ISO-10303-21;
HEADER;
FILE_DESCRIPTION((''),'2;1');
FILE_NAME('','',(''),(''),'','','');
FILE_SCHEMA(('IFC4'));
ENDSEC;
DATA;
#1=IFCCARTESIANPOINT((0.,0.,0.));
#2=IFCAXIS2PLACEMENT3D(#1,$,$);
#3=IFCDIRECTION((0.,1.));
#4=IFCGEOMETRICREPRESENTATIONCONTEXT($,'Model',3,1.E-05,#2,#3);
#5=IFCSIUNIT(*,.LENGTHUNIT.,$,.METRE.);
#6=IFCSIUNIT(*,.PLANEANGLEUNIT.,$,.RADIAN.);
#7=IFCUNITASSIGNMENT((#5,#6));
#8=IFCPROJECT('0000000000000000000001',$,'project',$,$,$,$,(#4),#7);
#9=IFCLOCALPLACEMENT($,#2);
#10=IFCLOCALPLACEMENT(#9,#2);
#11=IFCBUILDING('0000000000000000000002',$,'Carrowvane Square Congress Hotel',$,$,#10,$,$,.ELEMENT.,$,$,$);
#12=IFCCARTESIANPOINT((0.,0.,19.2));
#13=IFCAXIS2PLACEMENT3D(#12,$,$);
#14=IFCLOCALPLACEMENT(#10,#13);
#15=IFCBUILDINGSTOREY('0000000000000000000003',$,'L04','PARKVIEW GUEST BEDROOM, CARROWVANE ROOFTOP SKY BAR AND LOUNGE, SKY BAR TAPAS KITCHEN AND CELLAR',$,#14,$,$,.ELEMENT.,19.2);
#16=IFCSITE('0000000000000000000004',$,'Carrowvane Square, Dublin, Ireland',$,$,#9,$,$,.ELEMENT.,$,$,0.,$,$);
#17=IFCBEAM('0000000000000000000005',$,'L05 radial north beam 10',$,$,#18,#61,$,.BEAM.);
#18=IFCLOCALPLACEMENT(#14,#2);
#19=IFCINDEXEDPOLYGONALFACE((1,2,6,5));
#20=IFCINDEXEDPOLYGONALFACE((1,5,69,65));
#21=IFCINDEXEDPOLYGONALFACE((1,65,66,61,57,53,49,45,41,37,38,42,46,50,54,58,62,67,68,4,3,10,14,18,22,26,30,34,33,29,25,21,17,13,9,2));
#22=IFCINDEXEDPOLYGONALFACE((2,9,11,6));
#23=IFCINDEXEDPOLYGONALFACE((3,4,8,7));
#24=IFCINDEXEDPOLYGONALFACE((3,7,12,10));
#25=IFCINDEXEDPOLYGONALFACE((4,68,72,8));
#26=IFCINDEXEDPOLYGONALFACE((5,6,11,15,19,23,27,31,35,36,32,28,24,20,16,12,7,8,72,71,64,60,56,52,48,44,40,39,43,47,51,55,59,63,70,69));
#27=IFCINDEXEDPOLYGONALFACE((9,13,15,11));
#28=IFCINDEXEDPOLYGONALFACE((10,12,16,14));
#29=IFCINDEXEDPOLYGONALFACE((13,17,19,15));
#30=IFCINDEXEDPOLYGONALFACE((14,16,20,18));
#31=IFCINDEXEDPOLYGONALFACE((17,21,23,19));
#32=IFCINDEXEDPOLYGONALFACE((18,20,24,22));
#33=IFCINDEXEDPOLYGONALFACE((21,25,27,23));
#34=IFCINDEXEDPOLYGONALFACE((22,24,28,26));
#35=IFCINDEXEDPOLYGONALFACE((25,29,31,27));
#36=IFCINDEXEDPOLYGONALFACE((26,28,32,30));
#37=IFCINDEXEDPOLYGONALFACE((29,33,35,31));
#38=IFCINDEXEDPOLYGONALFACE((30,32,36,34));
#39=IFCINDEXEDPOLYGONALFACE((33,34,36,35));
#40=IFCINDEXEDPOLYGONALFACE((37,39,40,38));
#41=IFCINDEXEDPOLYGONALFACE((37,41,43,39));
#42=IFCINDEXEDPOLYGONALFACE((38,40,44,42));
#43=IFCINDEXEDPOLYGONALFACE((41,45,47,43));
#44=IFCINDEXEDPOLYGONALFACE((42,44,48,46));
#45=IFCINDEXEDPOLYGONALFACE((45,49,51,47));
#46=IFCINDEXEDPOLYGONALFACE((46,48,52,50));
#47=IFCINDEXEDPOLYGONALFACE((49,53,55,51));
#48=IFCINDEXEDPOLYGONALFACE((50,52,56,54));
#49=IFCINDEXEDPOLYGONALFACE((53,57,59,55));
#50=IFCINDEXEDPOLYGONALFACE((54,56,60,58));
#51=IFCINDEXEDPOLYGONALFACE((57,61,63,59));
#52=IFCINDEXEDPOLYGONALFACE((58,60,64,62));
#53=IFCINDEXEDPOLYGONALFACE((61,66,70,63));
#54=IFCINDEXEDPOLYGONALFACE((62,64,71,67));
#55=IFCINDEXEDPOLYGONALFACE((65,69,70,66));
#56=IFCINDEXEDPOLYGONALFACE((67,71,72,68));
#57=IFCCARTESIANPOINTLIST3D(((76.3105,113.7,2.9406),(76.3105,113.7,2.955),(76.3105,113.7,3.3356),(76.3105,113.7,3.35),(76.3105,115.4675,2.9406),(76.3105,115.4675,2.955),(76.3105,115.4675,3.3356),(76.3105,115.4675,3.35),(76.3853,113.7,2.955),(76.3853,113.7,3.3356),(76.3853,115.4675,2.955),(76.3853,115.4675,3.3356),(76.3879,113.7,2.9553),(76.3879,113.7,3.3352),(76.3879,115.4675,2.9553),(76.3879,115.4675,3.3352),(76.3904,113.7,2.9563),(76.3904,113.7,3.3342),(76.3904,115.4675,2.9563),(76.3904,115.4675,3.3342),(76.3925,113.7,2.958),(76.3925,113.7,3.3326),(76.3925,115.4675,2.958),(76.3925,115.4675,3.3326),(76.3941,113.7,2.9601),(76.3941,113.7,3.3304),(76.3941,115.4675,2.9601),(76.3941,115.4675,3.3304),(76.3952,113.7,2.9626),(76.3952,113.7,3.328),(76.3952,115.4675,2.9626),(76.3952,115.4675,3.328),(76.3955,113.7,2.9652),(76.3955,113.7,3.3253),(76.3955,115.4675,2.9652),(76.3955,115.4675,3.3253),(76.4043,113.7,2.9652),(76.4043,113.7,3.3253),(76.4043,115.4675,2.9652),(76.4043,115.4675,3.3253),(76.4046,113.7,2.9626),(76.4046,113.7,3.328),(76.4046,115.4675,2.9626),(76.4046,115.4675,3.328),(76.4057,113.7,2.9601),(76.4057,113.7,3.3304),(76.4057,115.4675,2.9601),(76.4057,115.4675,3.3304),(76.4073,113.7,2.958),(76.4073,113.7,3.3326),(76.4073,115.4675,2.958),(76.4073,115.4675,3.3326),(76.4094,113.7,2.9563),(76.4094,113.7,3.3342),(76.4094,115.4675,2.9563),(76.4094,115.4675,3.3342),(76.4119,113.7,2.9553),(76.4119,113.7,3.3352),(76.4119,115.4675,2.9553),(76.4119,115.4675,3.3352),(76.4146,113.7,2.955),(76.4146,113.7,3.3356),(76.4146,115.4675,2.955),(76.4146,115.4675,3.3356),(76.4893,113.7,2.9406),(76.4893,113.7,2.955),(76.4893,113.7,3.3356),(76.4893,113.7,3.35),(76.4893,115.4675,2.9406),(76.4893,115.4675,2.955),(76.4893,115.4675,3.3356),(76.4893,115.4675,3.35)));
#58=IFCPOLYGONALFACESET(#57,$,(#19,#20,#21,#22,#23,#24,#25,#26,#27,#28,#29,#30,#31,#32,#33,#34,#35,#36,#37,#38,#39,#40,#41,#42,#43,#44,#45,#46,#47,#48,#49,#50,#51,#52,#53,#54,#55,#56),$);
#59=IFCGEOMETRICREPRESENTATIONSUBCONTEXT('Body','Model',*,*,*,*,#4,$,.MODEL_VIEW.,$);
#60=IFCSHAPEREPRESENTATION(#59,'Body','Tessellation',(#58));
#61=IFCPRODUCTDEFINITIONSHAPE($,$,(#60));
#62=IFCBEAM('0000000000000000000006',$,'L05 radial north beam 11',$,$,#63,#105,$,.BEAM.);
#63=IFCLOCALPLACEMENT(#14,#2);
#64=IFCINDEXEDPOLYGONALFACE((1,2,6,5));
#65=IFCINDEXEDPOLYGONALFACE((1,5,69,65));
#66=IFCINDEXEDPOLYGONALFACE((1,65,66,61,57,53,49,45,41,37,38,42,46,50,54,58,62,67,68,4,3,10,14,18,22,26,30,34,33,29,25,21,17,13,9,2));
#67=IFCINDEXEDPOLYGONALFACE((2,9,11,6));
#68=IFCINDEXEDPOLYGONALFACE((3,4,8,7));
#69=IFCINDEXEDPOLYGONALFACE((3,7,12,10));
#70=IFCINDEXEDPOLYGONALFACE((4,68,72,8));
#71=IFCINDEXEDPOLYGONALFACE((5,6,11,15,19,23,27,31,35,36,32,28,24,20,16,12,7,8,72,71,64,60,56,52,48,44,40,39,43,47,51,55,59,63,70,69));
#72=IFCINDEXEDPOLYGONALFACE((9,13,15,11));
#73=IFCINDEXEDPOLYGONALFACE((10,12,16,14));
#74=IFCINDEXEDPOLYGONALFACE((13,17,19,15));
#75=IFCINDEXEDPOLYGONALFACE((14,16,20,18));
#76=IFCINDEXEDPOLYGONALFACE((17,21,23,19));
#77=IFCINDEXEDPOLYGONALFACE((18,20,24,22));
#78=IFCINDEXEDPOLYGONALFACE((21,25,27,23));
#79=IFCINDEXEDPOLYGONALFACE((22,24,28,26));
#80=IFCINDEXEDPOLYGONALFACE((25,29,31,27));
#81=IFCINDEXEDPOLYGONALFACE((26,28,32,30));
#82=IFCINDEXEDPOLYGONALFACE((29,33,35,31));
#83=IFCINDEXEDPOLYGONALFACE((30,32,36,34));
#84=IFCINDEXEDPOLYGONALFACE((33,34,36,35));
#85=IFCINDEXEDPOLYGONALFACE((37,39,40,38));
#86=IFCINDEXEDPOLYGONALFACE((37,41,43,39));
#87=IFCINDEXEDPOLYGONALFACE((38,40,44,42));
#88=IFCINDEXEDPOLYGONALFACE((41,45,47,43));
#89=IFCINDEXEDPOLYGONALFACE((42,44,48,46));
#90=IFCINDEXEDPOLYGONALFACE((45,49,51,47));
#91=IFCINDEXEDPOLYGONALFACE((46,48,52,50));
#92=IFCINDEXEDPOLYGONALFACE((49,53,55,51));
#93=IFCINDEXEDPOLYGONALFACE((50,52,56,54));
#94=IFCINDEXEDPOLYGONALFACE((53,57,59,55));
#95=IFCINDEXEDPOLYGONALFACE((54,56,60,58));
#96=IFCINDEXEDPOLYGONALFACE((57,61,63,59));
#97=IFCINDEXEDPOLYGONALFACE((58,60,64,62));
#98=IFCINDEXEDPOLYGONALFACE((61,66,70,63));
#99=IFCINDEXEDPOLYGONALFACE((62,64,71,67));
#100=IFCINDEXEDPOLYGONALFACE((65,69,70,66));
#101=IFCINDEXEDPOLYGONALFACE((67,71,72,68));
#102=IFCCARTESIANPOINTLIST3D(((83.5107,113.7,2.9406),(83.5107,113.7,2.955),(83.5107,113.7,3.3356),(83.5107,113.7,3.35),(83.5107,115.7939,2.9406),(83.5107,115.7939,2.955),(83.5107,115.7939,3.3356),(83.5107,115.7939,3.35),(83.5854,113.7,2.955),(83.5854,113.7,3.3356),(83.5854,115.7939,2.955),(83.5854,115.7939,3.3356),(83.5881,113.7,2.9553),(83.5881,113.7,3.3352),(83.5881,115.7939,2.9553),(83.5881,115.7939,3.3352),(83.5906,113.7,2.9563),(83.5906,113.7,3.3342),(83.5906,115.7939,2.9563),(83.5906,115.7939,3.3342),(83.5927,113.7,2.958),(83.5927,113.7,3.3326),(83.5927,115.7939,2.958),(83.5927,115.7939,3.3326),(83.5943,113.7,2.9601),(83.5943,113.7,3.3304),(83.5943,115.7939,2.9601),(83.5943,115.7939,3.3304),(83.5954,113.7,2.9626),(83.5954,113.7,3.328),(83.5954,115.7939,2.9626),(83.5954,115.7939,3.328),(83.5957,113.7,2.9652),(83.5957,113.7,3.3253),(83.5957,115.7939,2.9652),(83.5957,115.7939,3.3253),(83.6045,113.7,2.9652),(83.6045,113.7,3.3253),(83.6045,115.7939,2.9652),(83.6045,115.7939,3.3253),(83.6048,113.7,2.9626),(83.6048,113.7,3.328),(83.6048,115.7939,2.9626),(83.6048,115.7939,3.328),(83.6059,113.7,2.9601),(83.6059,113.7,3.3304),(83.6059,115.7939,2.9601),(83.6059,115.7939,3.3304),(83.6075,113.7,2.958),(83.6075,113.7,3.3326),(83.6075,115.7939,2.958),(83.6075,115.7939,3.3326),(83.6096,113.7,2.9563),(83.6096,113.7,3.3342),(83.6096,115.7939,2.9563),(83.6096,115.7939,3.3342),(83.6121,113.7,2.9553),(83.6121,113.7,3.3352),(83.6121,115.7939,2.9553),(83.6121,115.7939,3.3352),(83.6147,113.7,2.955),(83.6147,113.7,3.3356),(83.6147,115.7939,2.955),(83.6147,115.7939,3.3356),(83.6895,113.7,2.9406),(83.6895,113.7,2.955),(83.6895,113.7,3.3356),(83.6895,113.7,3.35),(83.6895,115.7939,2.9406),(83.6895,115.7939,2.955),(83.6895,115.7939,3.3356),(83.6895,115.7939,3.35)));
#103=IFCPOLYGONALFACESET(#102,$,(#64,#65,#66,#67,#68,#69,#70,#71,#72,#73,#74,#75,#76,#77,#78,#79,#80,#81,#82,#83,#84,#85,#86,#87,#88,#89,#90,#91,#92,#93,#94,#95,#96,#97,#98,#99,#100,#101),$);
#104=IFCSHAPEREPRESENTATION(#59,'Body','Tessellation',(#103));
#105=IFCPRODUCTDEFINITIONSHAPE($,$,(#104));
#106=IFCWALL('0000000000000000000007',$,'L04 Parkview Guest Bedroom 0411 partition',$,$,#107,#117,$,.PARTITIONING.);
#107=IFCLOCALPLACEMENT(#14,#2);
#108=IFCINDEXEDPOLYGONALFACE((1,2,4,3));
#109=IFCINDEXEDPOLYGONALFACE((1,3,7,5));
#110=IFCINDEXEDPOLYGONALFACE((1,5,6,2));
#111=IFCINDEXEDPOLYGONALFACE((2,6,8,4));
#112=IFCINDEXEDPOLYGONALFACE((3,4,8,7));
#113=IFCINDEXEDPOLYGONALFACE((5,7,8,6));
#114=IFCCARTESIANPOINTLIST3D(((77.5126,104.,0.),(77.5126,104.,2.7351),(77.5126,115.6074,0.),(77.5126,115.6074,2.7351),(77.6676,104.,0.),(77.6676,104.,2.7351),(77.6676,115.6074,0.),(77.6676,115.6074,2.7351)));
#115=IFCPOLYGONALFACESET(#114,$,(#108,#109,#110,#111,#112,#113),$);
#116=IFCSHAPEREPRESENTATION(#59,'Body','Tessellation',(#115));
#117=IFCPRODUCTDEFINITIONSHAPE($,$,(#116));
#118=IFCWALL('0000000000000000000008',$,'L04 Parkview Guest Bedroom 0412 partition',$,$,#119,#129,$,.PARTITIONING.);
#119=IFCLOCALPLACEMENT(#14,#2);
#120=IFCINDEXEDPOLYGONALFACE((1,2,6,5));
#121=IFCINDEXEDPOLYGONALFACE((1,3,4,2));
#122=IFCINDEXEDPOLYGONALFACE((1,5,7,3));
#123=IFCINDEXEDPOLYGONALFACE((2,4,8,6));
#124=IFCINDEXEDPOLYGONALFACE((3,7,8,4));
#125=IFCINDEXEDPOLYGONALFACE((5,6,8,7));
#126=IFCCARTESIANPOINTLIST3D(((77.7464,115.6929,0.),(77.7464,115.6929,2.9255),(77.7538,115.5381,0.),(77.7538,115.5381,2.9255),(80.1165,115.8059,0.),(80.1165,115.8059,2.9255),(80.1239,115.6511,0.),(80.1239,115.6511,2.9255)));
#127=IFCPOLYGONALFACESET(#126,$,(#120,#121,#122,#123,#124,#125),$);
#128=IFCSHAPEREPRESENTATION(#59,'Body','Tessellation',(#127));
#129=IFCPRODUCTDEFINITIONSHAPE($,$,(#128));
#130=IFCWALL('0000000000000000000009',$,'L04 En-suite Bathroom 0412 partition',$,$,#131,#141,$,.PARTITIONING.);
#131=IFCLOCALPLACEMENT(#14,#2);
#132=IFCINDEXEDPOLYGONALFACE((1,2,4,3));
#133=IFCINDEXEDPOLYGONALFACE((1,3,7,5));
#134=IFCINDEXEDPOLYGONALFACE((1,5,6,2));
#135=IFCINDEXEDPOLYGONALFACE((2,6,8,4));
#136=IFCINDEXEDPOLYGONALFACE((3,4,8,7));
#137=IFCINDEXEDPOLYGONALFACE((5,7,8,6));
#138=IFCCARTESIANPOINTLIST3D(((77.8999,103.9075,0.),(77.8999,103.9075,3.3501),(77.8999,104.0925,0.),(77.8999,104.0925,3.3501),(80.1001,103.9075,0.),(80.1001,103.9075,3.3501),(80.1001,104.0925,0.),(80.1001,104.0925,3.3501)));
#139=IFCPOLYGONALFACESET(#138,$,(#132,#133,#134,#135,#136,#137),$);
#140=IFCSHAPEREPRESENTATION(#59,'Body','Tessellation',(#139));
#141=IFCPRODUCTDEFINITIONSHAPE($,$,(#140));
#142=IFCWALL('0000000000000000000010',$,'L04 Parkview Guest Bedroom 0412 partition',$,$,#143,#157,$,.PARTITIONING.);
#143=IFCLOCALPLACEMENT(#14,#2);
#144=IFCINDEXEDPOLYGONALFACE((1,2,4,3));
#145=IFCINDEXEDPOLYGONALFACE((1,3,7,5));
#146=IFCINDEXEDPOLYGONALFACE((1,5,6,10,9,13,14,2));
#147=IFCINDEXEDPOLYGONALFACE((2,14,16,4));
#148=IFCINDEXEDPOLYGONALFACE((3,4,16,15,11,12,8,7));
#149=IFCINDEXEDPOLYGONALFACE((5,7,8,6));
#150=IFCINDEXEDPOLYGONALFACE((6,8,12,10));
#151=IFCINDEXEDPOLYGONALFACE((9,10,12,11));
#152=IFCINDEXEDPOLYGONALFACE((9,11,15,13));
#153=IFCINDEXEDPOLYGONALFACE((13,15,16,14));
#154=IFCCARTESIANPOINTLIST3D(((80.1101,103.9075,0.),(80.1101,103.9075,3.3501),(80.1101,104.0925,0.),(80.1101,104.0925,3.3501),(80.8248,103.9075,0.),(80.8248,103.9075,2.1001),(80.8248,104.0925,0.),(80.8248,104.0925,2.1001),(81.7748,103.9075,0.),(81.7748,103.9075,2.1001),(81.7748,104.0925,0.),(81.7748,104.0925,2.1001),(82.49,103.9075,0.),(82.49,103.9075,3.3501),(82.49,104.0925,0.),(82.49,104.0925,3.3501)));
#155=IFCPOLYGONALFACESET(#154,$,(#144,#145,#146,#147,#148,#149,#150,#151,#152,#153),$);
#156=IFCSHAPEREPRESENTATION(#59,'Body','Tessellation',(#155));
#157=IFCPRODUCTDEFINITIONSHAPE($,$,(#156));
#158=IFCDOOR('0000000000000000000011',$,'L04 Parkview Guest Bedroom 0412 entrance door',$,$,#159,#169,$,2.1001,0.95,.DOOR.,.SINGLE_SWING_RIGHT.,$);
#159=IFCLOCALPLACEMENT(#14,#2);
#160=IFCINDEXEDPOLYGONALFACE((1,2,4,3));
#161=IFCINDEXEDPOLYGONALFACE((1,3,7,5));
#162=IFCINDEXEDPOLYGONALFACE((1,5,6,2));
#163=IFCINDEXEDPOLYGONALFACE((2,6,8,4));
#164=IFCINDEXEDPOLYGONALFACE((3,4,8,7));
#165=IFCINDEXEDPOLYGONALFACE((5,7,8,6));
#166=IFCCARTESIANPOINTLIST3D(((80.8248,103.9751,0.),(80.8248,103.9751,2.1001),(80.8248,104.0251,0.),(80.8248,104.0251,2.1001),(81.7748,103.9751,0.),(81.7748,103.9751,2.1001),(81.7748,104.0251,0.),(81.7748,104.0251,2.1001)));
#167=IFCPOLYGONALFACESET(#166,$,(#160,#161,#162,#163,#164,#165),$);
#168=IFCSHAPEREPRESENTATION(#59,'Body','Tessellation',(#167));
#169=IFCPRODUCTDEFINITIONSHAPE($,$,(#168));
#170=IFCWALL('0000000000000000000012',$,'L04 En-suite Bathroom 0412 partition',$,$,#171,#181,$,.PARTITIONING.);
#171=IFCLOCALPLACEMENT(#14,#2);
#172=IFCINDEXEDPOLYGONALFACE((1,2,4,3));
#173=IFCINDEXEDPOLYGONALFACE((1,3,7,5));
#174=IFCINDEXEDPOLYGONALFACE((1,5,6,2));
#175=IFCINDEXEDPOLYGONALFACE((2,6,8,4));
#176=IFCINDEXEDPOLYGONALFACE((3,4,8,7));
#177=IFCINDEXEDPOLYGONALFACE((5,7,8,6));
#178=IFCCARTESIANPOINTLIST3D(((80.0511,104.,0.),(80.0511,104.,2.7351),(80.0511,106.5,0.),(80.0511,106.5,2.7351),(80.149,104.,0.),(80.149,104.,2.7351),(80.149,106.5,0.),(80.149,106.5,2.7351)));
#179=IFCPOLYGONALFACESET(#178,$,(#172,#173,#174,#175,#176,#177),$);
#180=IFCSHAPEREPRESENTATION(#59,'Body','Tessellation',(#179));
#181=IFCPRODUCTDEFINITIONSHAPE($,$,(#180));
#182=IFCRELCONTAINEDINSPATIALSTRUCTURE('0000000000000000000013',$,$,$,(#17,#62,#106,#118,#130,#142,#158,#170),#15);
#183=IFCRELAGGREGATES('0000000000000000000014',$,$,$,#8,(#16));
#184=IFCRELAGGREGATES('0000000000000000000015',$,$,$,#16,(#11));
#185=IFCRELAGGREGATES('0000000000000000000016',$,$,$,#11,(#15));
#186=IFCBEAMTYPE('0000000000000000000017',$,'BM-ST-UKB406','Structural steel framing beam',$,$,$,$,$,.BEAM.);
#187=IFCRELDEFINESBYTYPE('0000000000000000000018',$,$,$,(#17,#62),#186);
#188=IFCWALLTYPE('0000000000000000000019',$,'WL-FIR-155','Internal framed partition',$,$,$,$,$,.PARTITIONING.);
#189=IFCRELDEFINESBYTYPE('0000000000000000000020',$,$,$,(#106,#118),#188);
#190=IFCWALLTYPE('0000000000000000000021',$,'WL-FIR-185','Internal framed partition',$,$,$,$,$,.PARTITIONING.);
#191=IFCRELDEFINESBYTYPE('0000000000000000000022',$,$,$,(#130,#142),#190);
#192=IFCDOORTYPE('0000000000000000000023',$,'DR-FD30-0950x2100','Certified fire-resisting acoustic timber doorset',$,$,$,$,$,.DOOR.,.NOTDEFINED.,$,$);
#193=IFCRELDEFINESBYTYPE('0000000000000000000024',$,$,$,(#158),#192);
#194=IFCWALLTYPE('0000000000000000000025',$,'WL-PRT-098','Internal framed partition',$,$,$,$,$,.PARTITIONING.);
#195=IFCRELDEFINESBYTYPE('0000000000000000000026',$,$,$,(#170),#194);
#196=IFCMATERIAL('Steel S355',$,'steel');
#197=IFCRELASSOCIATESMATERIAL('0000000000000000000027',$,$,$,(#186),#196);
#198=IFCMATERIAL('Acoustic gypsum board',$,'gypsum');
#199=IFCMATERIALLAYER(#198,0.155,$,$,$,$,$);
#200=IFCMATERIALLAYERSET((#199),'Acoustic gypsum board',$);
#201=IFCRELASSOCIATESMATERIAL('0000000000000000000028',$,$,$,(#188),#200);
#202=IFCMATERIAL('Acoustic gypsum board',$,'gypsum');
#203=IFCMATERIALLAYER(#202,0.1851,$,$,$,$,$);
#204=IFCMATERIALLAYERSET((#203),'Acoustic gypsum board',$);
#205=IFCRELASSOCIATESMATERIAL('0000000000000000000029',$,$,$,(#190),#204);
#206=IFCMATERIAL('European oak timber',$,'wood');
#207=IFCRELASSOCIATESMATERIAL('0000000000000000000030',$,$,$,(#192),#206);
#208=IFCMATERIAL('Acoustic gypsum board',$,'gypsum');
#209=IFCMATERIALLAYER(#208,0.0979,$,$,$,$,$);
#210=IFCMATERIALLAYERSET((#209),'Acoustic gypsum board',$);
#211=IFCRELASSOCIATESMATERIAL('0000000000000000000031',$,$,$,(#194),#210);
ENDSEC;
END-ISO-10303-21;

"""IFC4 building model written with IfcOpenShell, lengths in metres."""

from ifc_helpers import new_model, si_unit, direction, frame, frame_2d, origin, origin_2d, place, context, subcontext, project, spatial, rectangle, i_section, extrude, material, layer, layer_set, material_profile, profile_set, type_object, element, fill, save


model = new_model("IFC4")

# Units and contexts
model_context = context("Model", 3, precision=1e-05, world=origin(), true_north=direction((0.0, 1.0)))
body_context = subcontext(model_context, "Body", "Model", "MODEL_VIEW")
ifc_project = project(units=[si_unit("LENGTHUNIT", "METRE"), si_unit("PLANEANGLEUNIT", "RADIAN")], contexts=[model_context])

# Site, building, storey
site_placement = place(None, origin())
site = spatial("IfcSite", under=ifc_project, at=site_placement, Name="Carrowvane Square, Dublin, Ireland", CompositionType="ELEMENT", RefElevation=0.0)
building_placement = place(site_placement, origin())
building = spatial("IfcBuilding", under=site, at=building_placement, Name="Carrowvane Square Congress Hotel", CompositionType="ELEMENT")
storey_placement = place(building_placement, frame((0.0, 0.0, 19.2)))
storey = spatial("IfcBuildingStorey", under=building, at=storey_placement, Name="L04", Description="PARKVIEW GUEST BEDROOM, CARROWVANE ROOFTOP SKY BAR AND LOUNGE, SKY BAR TAPAS KITCHEN AND CELLAR", CompositionType="ELEMENT", Elevation=19.2)

# Beams
ifc_material_1 = material(Name="Steel S355", Category="steel")
ifc_material_profile_1 = material_profile(ifc_material_1, i_section(OverallWidth=0.1787, OverallDepth=0.4094, WebThickness=0.0088, FlangeThickness=0.0144, FilletRadius=0.0103, at=origin_2d()), Name="UKB 406x178x67")
ifc_profile_set_1 = profile_set([ifc_material_profile_1], Name="Steel S355")
beam_type_1 = type_object("IfcBeamType", Name="BM-ST-UKB406", Description="Structural steel framing beam", PredefinedType="BEAM", material=ifc_profile_set_1)
beam_1_placement = place(storey_placement, frame((76.3999, 113.7, 3.1453), z_axis=(0.0, 1.0, 0.0), x_axis=(-1.0, 0.0, 0.0)))
element("IfcBeam", 1, at=beam_1_placement, inside=storey, type_object=beam_type_1, Name="L05 radial north beam 10", PredefinedType="BEAM", context=body_context, shape_type="SweptSolid", body=[
    extrude(i_section(OverallWidth=0.1787, OverallDepth=0.4094, WebThickness=0.0088, FlangeThickness=0.0144, FilletRadius=0.0103, at=origin_2d()), origin(), (0.0, 0.0, 1.0), 1.7676),
])
beam_2_placement = place(storey_placement, frame((83.6001, 113.7, 3.1453), z_axis=(0.0, 1.0, 0.0), x_axis=(-1.0, 0.0, 0.0)))
element("IfcBeam", 2, at=beam_2_placement, inside=storey, type_object=beam_type_1, Name="L05 radial north beam 11", PredefinedType="BEAM", context=body_context, shape_type="SweptSolid", body=[
    extrude(i_section(OverallWidth=0.1787, OverallDepth=0.4094, WebThickness=0.0088, FlangeThickness=0.0144, FilletRadius=0.0103, at=origin_2d()), origin(), (0.0, 0.0, 1.0), 2.094),
])

# Walls
ifc_material_2 = material(Name="Acoustic gypsum board", Category="gypsum")
ifc_layer_1 = layer(ifc_material_2, 0.155)
ifc_layer_set_1 = layer_set([ifc_layer_1], Name="Acoustic gypsum board")
wall_type_1 = type_object("IfcWallType", Name="WL-FIR-155", Description="Internal framed partition", PredefinedType="PARTITIONING", material=ifc_layer_set_1)
wall_1_placement = place(storey_placement, frame((77.5901, 115.6074, 0.0), z_axis=(0.0, 0.0, 1.0), x_axis=(0.0, -1.0, 0.0)))
element("IfcWall", 3, at=wall_1_placement, inside=storey, type_object=wall_type_1, Name="L04 Parkview Guest Bedroom 0411 partition", PredefinedType="PARTITIONING", context=body_context, shape_type="SweptSolid", body=[
    extrude(rectangle(XDim=11.6074, YDim=0.155, at=frame_2d((5.8037, 0.0))), origin(), (0.0, 0.0, 1.0), 2.7351),
])
wall_2_placement = place(storey_placement, frame((77.75, 115.6155, 0.0), z_axis=(0.0, 0.0, 1.0), x_axis=(0.998865, 0.047638, 0.0)))
element("IfcWall", 4, at=wall_2_placement, inside=storey, type_object=wall_type_1, Name="L04 Parkview Guest Bedroom 0412 partition", PredefinedType="PARTITIONING", context=body_context, shape_type="SweptSolid", body=[
    extrude(rectangle(XDim=2.3728, YDim=0.155, at=frame_2d((1.1865, 0.0))), origin(), (0.0, 0.0, 1.0), 2.9255),
])
ifc_material_3 = material(Name="Acoustic gypsum board", Category="gypsum")
ifc_layer_2 = layer(ifc_material_3, 0.1851)
ifc_layer_set_2 = layer_set([ifc_layer_2], Name="Acoustic gypsum board")
wall_type_2 = type_object("IfcWallType", Name="WL-FIR-185", Description="Internal framed partition", PredefinedType="PARTITIONING", material=ifc_layer_set_2)
wall_3_placement = place(storey_placement, frame((80.1001, 104.0, 0.0), z_axis=(0.0, 0.0, 1.0), x_axis=(-1.0, 0.0, 0.0)))
element("IfcWall", 5, at=wall_3_placement, inside=storey, type_object=wall_type_2, Name="L04 En-suite Bathroom 0412 partition", PredefinedType="PARTITIONING", context=body_context, shape_type="SweptSolid", body=[
    extrude(rectangle(XDim=2.2002, YDim=0.1851, at=frame_2d((1.1001, 0.0))), origin(), (0.0, 0.0, 1.0), 3.3501),
])

# Wall, opening, door
wall_4_placement = place(storey_placement, frame((82.49, 104.0, 0.0), z_axis=(0.0, 0.0, 1.0), x_axis=(-1.0, 0.0, 0.0)))
wall_4 = element("IfcWall", 6, at=wall_4_placement, inside=storey, type_object=wall_type_2, Name="L04 Parkview Guest Bedroom 0412 partition", PredefinedType="PARTITIONING", context=body_context, shape_type="SweptSolid", body=[
    extrude(rectangle(XDim=2.3799, YDim=0.1851, at=frame_2d((1.1899, 0.0))), origin(), (0.0, 0.0, 1.0), 3.3501),
])
opening_1_placement = place(wall_4_placement, frame((0.7151, 0.0, 0.0)))
opening_1 = element("IfcOpeningElement", 7, at=opening_1_placement, cuts=wall_4, PredefinedType="OPENING", context=body_context, shape_type="SweptSolid", body=[
    extrude(rectangle(XDim=0.95, YDim=2.1001, at=frame_2d((0.4751, 1.05))), frame((0.0, 0.1025, 0.0), z_axis=(0.0, -1.0, 0.0), x_axis=(1.0, 0.0, 0.0)), (0.0, 0.0, 1.0), 0.2051),
])
ifc_material_4 = material(Name="European oak timber", Category="wood")
door_type_1 = type_object("IfcDoorType", Name="DR-FD30-0950x2100", Description="Certified fire-resisting acoustic timber doorset", OperationType="NOTDEFINED", PredefinedType="DOOR", material=ifc_material_4)
door_1_placement = place(opening_1_placement, origin())
door_1 = element("IfcDoor", 8, at=door_1_placement, inside=storey, type_object=door_type_1, Name="L04 Parkview Guest Bedroom 0412 entrance door", OperationType="SINGLE_SWING_RIGHT", OverallHeight=2.1001, OverallWidth=0.95, PredefinedType="DOOR", context=body_context, shape_type="SweptSolid", body=[
    extrude(rectangle(XDim=0.95, YDim=2.1001, at=frame_2d((0.4751, 1.05))), frame((0.0, 0.0249, 0.0), z_axis=(0.0, -1.0, 0.0), x_axis=(1.0, 0.0, 0.0)), (0.0, 0.0, 1.0), 0.05),
])
fill(opening_1, door_1)

# Wall
ifc_material_5 = material(Name="Acoustic gypsum board", Category="gypsum")
ifc_layer_3 = layer(ifc_material_5, 0.0979)
ifc_layer_set_3 = layer_set([ifc_layer_3], Name="Acoustic gypsum board")
wall_type_3 = type_object("IfcWallType", Name="WL-PRT-098", Description="Internal framed partition", PredefinedType="PARTITIONING", material=ifc_layer_set_3)
wall_5_placement = place(storey_placement, frame((80.1001, 106.5, 0.0), z_axis=(0.0, 0.0, 1.0), x_axis=(0.0, -1.0, 0.0)))
element("IfcWall", 9, at=wall_5_placement, inside=storey, type_object=wall_type_3, Name="L04 En-suite Bathroom 0412 partition", PredefinedType="PARTITIONING", context=body_context, shape_type="SweptSolid", body=[
    extrude(rectangle(XDim=2.5, YDim=0.0979, at=frame_2d((1.25, 0.0))), origin(), (0.0, 0.0, 1.0), 2.7351),
])

save(model, "model.ifc")
